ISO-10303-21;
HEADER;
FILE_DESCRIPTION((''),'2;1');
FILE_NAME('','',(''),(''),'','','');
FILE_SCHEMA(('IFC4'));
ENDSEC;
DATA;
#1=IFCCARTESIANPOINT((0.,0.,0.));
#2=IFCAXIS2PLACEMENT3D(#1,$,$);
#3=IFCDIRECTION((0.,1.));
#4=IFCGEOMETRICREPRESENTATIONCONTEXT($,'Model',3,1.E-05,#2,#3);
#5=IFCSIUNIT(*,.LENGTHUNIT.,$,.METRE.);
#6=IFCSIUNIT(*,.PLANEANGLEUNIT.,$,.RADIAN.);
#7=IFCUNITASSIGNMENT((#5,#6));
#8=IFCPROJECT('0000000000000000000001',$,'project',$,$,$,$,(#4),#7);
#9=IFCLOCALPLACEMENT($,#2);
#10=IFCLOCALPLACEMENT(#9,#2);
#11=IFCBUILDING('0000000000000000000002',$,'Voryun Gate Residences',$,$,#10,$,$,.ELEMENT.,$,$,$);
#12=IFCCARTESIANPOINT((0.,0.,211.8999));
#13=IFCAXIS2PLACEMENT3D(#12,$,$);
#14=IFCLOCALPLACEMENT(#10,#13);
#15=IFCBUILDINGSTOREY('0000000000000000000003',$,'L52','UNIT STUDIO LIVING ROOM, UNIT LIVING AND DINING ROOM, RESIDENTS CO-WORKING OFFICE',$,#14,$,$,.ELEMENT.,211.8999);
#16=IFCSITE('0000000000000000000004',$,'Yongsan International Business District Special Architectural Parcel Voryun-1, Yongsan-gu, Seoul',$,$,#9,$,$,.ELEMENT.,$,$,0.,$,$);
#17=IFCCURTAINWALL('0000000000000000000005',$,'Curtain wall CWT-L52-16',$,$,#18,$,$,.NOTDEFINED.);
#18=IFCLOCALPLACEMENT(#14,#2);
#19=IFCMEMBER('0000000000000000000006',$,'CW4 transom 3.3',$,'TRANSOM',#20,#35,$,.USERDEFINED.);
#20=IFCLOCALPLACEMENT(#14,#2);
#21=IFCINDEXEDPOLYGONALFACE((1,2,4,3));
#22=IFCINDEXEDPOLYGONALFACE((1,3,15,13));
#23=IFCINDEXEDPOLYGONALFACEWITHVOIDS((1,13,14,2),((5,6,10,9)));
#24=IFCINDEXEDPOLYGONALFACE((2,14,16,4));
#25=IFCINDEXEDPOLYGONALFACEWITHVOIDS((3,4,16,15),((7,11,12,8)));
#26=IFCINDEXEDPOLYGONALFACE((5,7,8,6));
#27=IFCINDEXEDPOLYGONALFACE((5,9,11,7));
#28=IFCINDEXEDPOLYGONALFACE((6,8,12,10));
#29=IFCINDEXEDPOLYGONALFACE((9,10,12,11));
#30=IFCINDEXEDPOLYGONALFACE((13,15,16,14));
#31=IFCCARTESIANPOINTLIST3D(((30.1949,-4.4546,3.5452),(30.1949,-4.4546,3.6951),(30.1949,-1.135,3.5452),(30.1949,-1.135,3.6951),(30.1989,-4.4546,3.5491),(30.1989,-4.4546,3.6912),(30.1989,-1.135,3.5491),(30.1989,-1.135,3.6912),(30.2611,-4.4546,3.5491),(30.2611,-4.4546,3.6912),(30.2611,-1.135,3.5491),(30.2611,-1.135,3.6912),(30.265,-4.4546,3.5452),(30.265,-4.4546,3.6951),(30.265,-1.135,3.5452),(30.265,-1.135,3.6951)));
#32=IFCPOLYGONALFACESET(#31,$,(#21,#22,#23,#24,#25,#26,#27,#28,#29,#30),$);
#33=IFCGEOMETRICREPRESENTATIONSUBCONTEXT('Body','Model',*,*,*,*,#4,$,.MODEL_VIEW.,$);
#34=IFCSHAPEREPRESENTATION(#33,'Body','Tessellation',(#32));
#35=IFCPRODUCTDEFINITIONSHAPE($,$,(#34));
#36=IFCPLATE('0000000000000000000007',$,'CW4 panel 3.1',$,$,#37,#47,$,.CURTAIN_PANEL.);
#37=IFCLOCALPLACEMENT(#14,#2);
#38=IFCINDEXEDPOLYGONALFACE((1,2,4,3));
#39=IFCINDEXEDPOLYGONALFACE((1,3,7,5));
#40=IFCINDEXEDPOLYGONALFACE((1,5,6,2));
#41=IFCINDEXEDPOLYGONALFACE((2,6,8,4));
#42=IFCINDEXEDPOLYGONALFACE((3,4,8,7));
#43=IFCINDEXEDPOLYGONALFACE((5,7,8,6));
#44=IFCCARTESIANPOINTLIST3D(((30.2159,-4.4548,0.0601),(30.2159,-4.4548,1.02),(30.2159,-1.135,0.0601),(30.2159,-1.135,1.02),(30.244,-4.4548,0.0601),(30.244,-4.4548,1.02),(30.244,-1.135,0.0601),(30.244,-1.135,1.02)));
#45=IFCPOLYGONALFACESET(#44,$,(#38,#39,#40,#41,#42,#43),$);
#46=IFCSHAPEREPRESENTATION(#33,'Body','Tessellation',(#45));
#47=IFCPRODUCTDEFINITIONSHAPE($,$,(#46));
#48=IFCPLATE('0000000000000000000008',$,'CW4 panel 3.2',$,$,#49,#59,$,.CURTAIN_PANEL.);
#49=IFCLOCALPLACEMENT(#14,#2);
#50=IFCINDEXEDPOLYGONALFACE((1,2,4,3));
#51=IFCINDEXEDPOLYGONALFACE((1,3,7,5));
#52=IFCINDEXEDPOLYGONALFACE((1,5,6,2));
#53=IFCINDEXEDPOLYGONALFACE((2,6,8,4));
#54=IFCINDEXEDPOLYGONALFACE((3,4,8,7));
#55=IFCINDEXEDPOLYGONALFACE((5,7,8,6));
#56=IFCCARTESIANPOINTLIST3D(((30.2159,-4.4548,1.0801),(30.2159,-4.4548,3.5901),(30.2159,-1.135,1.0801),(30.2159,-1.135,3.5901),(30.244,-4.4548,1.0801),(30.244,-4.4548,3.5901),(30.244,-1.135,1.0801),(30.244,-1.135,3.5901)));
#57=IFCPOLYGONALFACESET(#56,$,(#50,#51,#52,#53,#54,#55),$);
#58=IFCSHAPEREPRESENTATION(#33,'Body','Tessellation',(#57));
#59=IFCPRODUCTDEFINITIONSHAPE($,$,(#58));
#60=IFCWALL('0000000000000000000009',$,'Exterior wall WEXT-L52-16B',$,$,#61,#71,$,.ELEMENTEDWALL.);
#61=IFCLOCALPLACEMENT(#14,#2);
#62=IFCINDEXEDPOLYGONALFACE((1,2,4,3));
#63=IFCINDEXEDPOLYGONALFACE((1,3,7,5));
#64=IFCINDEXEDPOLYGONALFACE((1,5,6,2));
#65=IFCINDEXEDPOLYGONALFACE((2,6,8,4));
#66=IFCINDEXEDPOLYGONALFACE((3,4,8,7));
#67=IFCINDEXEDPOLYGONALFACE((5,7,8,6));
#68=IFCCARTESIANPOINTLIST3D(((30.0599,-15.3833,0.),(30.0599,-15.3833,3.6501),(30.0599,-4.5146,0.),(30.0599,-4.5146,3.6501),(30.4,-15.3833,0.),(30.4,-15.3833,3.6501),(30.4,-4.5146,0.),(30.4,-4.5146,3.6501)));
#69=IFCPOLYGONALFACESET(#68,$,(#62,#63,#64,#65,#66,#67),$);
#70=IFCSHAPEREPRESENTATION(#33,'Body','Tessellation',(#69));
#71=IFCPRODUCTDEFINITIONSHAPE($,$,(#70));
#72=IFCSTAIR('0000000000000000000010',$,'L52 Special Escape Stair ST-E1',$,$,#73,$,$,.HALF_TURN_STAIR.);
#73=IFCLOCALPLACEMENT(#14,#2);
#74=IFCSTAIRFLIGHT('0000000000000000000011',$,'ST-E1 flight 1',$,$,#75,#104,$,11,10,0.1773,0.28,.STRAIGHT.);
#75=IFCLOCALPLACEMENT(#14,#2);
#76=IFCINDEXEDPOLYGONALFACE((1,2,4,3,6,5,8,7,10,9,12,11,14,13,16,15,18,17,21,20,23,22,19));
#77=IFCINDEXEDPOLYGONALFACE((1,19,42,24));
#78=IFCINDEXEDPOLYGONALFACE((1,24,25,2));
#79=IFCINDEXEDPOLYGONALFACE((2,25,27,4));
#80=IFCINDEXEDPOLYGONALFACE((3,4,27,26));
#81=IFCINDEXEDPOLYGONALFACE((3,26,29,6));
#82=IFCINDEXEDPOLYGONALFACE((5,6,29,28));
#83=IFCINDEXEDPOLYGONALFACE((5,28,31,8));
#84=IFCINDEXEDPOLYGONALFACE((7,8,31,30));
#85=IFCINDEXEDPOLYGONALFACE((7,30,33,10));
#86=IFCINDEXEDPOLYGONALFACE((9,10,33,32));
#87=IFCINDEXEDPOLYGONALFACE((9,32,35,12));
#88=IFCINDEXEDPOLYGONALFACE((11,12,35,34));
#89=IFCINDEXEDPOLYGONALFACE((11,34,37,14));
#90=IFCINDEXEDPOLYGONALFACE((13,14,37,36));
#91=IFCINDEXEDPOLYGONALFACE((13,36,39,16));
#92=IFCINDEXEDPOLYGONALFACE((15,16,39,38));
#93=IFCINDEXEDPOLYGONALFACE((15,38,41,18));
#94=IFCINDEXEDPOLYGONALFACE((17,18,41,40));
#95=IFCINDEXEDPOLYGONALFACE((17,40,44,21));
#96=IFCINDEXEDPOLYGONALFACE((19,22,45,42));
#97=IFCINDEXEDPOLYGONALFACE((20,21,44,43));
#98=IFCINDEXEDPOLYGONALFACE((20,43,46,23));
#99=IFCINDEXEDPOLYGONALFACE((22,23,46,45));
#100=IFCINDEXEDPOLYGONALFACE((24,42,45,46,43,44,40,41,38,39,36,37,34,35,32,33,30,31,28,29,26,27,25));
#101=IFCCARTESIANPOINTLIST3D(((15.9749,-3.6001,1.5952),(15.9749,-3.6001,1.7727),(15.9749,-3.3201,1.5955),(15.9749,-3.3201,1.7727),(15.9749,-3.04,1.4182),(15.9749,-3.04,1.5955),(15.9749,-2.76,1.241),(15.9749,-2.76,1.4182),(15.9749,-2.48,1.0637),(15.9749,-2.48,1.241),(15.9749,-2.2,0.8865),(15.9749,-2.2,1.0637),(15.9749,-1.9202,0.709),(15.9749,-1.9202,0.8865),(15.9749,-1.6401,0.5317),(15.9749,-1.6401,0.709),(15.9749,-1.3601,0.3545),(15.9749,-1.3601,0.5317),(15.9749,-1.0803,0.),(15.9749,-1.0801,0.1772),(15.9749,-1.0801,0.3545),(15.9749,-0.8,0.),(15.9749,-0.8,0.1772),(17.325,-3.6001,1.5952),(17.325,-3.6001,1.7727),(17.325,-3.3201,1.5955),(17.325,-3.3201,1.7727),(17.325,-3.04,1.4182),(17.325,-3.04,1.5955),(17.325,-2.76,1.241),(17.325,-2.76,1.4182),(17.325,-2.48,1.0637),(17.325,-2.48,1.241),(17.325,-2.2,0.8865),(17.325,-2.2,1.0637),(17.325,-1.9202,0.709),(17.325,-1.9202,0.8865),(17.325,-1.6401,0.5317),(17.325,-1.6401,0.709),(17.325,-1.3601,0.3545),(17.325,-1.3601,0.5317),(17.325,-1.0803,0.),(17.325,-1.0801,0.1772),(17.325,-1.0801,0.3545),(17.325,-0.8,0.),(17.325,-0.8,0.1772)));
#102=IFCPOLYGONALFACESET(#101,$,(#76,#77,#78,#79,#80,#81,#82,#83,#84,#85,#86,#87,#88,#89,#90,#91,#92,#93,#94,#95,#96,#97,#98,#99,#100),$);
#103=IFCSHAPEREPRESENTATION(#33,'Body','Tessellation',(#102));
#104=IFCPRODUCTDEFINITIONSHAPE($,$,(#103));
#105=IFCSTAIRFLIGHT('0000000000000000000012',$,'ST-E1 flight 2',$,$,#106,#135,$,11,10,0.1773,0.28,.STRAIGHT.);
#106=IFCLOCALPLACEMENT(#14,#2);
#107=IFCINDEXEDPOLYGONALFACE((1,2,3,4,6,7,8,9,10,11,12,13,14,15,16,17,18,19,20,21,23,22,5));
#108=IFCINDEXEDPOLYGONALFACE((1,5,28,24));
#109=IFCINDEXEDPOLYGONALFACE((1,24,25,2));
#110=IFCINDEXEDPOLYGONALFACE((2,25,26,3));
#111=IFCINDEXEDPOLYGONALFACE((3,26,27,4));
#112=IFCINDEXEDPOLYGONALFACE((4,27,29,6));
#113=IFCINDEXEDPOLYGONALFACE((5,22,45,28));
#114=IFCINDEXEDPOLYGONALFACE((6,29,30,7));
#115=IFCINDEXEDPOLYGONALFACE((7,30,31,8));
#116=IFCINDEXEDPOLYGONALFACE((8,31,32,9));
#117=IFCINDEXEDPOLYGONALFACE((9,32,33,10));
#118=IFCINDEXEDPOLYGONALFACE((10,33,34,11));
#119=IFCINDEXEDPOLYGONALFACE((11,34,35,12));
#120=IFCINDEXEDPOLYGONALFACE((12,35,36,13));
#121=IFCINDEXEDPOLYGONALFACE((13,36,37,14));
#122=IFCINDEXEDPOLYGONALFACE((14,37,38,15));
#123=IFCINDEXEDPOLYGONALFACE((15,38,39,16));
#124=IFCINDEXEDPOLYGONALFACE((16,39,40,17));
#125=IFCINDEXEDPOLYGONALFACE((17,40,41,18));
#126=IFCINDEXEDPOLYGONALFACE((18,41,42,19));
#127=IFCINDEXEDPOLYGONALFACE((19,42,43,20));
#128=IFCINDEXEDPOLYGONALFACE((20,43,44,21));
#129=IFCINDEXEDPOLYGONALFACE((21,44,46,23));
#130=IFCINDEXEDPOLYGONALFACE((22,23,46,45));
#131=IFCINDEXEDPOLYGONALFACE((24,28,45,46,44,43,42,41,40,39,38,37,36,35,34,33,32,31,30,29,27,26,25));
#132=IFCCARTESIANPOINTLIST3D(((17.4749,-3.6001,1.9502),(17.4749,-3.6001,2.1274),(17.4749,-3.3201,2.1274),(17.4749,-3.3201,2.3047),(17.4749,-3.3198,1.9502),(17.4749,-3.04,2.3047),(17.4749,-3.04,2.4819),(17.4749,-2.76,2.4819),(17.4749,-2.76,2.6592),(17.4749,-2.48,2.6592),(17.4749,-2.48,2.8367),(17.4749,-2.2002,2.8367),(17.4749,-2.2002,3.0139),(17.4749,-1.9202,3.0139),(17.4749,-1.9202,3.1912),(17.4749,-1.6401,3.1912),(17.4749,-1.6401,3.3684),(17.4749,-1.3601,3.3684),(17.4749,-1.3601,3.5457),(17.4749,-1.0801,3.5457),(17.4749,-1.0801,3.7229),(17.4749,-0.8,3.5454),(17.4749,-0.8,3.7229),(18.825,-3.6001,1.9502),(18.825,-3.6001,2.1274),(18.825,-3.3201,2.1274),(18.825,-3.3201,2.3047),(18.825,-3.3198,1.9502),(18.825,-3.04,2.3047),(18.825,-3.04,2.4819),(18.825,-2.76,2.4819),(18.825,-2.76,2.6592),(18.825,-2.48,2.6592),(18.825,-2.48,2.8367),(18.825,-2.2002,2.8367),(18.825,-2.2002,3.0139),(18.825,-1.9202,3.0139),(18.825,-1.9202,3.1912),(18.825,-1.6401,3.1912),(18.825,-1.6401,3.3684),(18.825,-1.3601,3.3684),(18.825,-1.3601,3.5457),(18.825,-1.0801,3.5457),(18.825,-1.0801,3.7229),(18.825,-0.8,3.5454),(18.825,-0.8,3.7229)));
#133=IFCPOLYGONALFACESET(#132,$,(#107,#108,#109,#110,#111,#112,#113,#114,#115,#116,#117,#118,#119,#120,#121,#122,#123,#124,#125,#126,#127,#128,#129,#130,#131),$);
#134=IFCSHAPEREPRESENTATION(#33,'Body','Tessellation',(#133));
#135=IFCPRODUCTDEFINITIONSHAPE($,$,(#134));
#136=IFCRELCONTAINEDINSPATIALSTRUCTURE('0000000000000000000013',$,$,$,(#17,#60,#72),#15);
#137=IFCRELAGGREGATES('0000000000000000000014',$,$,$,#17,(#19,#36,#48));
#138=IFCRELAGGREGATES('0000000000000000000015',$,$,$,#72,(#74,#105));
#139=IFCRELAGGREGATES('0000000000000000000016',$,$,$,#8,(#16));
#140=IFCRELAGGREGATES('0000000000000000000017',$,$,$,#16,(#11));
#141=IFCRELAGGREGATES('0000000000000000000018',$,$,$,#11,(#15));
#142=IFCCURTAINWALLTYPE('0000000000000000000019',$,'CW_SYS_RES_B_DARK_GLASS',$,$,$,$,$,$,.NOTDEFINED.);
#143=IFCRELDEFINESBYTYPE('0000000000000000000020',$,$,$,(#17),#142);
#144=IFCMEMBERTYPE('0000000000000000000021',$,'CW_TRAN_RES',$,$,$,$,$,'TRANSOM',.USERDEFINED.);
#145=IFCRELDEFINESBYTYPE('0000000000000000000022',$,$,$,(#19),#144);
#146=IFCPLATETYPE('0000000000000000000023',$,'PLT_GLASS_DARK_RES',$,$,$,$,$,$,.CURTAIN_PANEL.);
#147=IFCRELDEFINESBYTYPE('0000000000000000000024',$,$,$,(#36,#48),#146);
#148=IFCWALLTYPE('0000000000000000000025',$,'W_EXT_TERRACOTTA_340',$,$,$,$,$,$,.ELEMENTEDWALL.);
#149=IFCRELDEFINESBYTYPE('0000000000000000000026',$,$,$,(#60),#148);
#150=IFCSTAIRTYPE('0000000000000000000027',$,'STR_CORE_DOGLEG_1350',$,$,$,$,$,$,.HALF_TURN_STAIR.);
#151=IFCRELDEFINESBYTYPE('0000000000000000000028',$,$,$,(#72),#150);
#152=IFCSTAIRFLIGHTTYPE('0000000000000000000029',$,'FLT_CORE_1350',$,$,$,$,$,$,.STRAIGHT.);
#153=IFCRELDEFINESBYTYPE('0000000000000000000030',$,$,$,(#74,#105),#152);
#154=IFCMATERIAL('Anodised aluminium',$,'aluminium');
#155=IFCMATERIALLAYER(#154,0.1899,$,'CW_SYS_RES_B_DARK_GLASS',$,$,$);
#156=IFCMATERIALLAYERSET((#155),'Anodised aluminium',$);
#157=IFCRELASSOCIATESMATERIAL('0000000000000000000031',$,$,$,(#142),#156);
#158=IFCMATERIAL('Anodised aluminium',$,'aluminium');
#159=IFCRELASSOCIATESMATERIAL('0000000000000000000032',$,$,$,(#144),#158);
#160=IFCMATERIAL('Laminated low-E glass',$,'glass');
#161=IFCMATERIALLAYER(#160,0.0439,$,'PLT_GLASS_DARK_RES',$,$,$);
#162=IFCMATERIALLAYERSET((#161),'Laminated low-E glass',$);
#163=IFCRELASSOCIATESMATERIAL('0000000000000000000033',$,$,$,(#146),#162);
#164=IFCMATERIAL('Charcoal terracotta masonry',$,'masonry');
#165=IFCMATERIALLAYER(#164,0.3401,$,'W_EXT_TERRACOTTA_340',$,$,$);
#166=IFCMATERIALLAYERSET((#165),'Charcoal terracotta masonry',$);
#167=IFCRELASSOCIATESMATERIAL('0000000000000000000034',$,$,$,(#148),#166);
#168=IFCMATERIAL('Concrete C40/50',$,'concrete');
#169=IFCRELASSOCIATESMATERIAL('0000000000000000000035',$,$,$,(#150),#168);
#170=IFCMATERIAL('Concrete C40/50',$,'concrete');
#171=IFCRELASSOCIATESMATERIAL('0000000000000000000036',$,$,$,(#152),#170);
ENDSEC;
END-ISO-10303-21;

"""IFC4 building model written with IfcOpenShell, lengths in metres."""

from ifc_helpers import new_model, si_unit, direction, frame, frame_2d, origin, origin_2d, place, context, subcontext, project, spatial, polyline, rectangle, hollow_rectangle, outline, extrude, material, layer, layer_set, material_profile, profile_set, type_object, element, aggregate, save


model = new_model("IFC4")

# Units and contexts
model_context = context("Model", 3, precision=1e-05, world=origin(), true_north=direction((0.0, 1.0)))
body_context = subcontext(model_context, "Body", "Model", "MODEL_VIEW")
ifc_project = project(units=[si_unit("LENGTHUNIT", "METRE"), si_unit("PLANEANGLEUNIT", "RADIAN")], contexts=[model_context])

# Site, building, storey
site_placement = place(None, origin())
site = spatial("IfcSite", under=ifc_project, at=site_placement, Name="Yongsan International Business District Special Architectural Parcel Voryun-1, Yongsan-gu, Seoul", CompositionType="ELEMENT", RefElevation=0.0)
building_placement = place(site_placement, origin())
building = spatial("IfcBuilding", under=site, at=building_placement, Name="Voryun Gate Residences", CompositionType="ELEMENT")
storey_placement = place(building_placement, frame((0.0, 0.0, 211.8999)))
storey = spatial("IfcBuildingStorey", under=building, at=storey_placement, Name="L52", Description="UNIT STUDIO LIVING ROOM, UNIT LIVING AND DINING ROOM, RESIDENTS CO-WORKING OFFICE", CompositionType="ELEMENT", Elevation=211.8999)

# Curtain wall, member, plates
ifc_material_1 = material(Name="Anodised aluminium", Category="aluminium")
ifc_layer_1 = layer(ifc_material_1, 0.1899, Name="CW_SYS_RES_B_DARK_GLASS")
ifc_layer_set_1 = layer_set([ifc_layer_1], Name="Anodised aluminium")
curtain_wall_type = type_object("IfcCurtainWallType", Name="CW_SYS_RES_B_DARK_GLASS", PredefinedType="NOTDEFINED", material=ifc_layer_set_1)
curtain_wall_placement = place(storey_placement, origin())
curtain_wall = element("IfcCurtainWall", 1, at=curtain_wall_placement, inside=storey, type_object=curtain_wall_type, Name="Curtain wall CWT-L52-16", PredefinedType="NOTDEFINED")
ifc_material_2 = material(Name="Anodised aluminium", Category="aluminium")
ifc_material_profile_1 = material_profile(ifc_material_2, hollow_rectangle(XDim=0.0701, YDim=0.1499, WallThickness=0.0039, at=origin_2d()), Name="ALU-TRAN-150x70x4")
ifc_profile_set_1 = profile_set([ifc_material_profile_1], Name="Anodised aluminium")
member_type_1 = type_object("IfcMemberType", Name="CW_TRAN_RES", ElementType="TRANSOM", PredefinedType="USERDEFINED", material=ifc_profile_set_1)
member_1_placement = place(storey_placement, frame((30.23, -1.135, 3.6201), z_axis=(0.0, -1.0, 0.0), x_axis=(1.0, 0.0, 0.0)))
member_1 = element("IfcMember", 2, at=member_1_placement, type_object=member_type_1, Name="CW4 transom 3.3", ObjectType="TRANSOM", PredefinedType="USERDEFINED", context=body_context, shape_type="SweptSolid", body=[
    extrude(hollow_rectangle(XDim=0.0701, YDim=0.1499, WallThickness=0.0039, at=origin_2d()), origin(), (0.0, 0.0, 1.0), 3.3196),
])
ifc_material_3 = material(Name="Laminated low-E glass", Category="glass")
ifc_layer_2 = layer(ifc_material_3, 0.0439, Name="PLT_GLASS_DARK_RES")
ifc_layer_set_2 = layer_set([ifc_layer_2], Name="Laminated low-E glass")
plate_type = type_object("IfcPlateType", Name="PLT_GLASS_DARK_RES", PredefinedType="CURTAIN_PANEL", material=ifc_layer_set_2)
plate_1_placement = place(storey_placement, frame((30.23, -2.7949, 0.0601), z_axis=(0.0, 0.0, 1.0), x_axis=(0.0, -1.0, 0.0)))
plate_1 = element("IfcPlate", 3, at=plate_1_placement, type_object=plate_type, Name="CW4 panel 3.1", PredefinedType="CURTAIN_PANEL", context=body_context, shape_type="SweptSolid", body=[
    extrude(rectangle(XDim=3.3198, YDim=0.0281, at=origin_2d()), origin(), (0.0, 0.0, 1.0), 0.96),
])
plate_2_placement = place(storey_placement, frame((30.23, -2.7949, 1.0801), z_axis=(0.0, 0.0, 1.0), x_axis=(0.0, -1.0, 0.0)))
plate_2 = element("IfcPlate", 4, at=plate_2_placement, type_object=plate_type, Name="CW4 panel 3.2", PredefinedType="CURTAIN_PANEL", context=body_context, shape_type="SweptSolid", body=[
    extrude(rectangle(XDim=3.3198, YDim=0.0281, at=origin_2d()), origin(), (0.0, 0.0, 1.0), 2.51),
])
aggregate(curtain_wall, [member_1, plate_1, plate_2])

# Wall
ifc_material_4 = material(Name="Charcoal terracotta masonry", Category="masonry")
ifc_layer_3 = layer(ifc_material_4, 0.3401, Name="W_EXT_TERRACOTTA_340")
ifc_layer_set_3 = layer_set([ifc_layer_3], Name="Charcoal terracotta masonry")
wall_type = type_object("IfcWallType", Name="W_EXT_TERRACOTTA_340", PredefinedType="ELEMENTEDWALL", material=ifc_layer_set_3)
wall_placement = place(storey_placement, frame((30.23, -4.5146, 0.0), z_axis=(0.0, 0.0, 1.0), x_axis=(0.0, -1.0, 0.0)))
element("IfcWall", 5, at=wall_placement, inside=storey, type_object=wall_type, Name="Exterior wall WEXT-L52-16B", PredefinedType="ELEMENTEDWALL", context=body_context, shape_type="SweptSolid", body=[
    extrude(rectangle(XDim=10.8687, YDim=0.3401, at=frame_2d((5.4343, 0.0))), origin(), (0.0, 0.0, 1.0), 3.6501),
])

# Stair, stair flights
ifc_material_5 = material(Name="Concrete C40/50", Category="concrete")
stair_type = type_object("IfcStairType", Name="STR_CORE_DOGLEG_1350", PredefinedType="HALF_TURN_STAIR", material=ifc_material_5)
stair_placement = place(storey_placement, origin())
stair = element("IfcStair", 6, at=stair_placement, inside=storey, type_object=stair_type, Name="L52 Special Escape Stair ST-E1", PredefinedType="HALF_TURN_STAIR")
ifc_material_6 = material(Name="Concrete C40/50", Category="concrete")
stair_flight_type = type_object("IfcStairFlightType", Name="FLT_CORE_1350", PredefinedType="STRAIGHT", material=ifc_material_6)
stair_flight_1_placement = place(storey_placement, frame((16.6499, -0.8, 0.0), z_axis=(0.0, 0.0, 1.0), x_axis=(0.0, -1.0, 0.0)))
stair_flight_1 = element("IfcStairFlight", 7, at=stair_flight_1_placement, type_object=stair_flight_type, Name="ST-E1 flight 1", NumberOfRisers=11, NumberOfTreads=10, PredefinedType="STRAIGHT", RiserHeight=0.1773, TreadLength=0.28, context=body_context, shape_type="SweptSolid", body=[
    extrude(outline(polyline([(0.0, 0.0), (0.0, 0.1772), (0.28, 0.1772), (0.28, 0.3545), (0.5601, 0.3545), (0.5601, 0.5317), (0.8401, 0.5317), (0.8401, 0.709), (1.1201, 0.709), (1.1201, 0.8865), (1.3999, 0.8865), (1.3999, 1.0637), (1.6799, 1.0637), (1.6799, 1.241), (1.96, 1.241), (1.96, 1.4182), (2.24, 1.4182), (2.24, 1.5955), (2.52, 1.5955), (2.52, 1.7727), (2.8, 1.7727), (2.8, 1.95), (2.8, 1.5952), (0.2803, 0.0), (0.0, 0.0)])), frame((0.0, 0.675, 0.0), z_axis=(0.0, -1.0, 0.0), x_axis=(1.0, 0.0, 0.0)), (0.0, 0.0, 1.0), 1.3501),
])
stair_flight_2_placement = place(storey_placement, frame((18.1499, -3.6001, 1.9502), z_axis=(0.0, 0.0, 1.0), x_axis=(0.0, 1.0, 0.0)))
stair_flight_2 = element("IfcStairFlight", 8, at=stair_flight_2_placement, type_object=stair_flight_type, Name="ST-E1 flight 2", NumberOfRisers=11, NumberOfTreads=10, PredefinedType="STRAIGHT", RiserHeight=0.1773, TreadLength=0.28, context=body_context, shape_type="SweptSolid", body=[
    extrude(outline(polyline([(0.0, 0.0), (0.0, 0.1772), (0.28, 0.1772), (0.28, 0.3545), (0.5601, 0.3545), (0.5601, 0.5317), (0.8401, 0.5317), (0.8401, 0.709), (1.1201, 0.709), (1.1201, 0.8865), (1.3999, 0.8865), (1.3999, 1.0637), (1.6799, 1.0637), (1.6799, 1.241), (1.96, 1.241), (1.96, 1.4182), (2.24, 1.4182), (2.24, 1.5955), (2.52, 1.5955), (2.52, 1.7727), (2.8, 1.7727), (2.8, 1.95), (2.8, 1.5952), (0.2803, 0.0), (0.0, 0.0)])), frame((0.0, 0.675, 0.0), z_axis=(0.0, -1.0, 0.0), x_axis=(1.0, 0.0, 0.0)), (0.0, 0.0, 1.0), 1.3501),
])
aggregate(stair, [stair_flight_1, stair_flight_2])

save(model, "model.ifc")
